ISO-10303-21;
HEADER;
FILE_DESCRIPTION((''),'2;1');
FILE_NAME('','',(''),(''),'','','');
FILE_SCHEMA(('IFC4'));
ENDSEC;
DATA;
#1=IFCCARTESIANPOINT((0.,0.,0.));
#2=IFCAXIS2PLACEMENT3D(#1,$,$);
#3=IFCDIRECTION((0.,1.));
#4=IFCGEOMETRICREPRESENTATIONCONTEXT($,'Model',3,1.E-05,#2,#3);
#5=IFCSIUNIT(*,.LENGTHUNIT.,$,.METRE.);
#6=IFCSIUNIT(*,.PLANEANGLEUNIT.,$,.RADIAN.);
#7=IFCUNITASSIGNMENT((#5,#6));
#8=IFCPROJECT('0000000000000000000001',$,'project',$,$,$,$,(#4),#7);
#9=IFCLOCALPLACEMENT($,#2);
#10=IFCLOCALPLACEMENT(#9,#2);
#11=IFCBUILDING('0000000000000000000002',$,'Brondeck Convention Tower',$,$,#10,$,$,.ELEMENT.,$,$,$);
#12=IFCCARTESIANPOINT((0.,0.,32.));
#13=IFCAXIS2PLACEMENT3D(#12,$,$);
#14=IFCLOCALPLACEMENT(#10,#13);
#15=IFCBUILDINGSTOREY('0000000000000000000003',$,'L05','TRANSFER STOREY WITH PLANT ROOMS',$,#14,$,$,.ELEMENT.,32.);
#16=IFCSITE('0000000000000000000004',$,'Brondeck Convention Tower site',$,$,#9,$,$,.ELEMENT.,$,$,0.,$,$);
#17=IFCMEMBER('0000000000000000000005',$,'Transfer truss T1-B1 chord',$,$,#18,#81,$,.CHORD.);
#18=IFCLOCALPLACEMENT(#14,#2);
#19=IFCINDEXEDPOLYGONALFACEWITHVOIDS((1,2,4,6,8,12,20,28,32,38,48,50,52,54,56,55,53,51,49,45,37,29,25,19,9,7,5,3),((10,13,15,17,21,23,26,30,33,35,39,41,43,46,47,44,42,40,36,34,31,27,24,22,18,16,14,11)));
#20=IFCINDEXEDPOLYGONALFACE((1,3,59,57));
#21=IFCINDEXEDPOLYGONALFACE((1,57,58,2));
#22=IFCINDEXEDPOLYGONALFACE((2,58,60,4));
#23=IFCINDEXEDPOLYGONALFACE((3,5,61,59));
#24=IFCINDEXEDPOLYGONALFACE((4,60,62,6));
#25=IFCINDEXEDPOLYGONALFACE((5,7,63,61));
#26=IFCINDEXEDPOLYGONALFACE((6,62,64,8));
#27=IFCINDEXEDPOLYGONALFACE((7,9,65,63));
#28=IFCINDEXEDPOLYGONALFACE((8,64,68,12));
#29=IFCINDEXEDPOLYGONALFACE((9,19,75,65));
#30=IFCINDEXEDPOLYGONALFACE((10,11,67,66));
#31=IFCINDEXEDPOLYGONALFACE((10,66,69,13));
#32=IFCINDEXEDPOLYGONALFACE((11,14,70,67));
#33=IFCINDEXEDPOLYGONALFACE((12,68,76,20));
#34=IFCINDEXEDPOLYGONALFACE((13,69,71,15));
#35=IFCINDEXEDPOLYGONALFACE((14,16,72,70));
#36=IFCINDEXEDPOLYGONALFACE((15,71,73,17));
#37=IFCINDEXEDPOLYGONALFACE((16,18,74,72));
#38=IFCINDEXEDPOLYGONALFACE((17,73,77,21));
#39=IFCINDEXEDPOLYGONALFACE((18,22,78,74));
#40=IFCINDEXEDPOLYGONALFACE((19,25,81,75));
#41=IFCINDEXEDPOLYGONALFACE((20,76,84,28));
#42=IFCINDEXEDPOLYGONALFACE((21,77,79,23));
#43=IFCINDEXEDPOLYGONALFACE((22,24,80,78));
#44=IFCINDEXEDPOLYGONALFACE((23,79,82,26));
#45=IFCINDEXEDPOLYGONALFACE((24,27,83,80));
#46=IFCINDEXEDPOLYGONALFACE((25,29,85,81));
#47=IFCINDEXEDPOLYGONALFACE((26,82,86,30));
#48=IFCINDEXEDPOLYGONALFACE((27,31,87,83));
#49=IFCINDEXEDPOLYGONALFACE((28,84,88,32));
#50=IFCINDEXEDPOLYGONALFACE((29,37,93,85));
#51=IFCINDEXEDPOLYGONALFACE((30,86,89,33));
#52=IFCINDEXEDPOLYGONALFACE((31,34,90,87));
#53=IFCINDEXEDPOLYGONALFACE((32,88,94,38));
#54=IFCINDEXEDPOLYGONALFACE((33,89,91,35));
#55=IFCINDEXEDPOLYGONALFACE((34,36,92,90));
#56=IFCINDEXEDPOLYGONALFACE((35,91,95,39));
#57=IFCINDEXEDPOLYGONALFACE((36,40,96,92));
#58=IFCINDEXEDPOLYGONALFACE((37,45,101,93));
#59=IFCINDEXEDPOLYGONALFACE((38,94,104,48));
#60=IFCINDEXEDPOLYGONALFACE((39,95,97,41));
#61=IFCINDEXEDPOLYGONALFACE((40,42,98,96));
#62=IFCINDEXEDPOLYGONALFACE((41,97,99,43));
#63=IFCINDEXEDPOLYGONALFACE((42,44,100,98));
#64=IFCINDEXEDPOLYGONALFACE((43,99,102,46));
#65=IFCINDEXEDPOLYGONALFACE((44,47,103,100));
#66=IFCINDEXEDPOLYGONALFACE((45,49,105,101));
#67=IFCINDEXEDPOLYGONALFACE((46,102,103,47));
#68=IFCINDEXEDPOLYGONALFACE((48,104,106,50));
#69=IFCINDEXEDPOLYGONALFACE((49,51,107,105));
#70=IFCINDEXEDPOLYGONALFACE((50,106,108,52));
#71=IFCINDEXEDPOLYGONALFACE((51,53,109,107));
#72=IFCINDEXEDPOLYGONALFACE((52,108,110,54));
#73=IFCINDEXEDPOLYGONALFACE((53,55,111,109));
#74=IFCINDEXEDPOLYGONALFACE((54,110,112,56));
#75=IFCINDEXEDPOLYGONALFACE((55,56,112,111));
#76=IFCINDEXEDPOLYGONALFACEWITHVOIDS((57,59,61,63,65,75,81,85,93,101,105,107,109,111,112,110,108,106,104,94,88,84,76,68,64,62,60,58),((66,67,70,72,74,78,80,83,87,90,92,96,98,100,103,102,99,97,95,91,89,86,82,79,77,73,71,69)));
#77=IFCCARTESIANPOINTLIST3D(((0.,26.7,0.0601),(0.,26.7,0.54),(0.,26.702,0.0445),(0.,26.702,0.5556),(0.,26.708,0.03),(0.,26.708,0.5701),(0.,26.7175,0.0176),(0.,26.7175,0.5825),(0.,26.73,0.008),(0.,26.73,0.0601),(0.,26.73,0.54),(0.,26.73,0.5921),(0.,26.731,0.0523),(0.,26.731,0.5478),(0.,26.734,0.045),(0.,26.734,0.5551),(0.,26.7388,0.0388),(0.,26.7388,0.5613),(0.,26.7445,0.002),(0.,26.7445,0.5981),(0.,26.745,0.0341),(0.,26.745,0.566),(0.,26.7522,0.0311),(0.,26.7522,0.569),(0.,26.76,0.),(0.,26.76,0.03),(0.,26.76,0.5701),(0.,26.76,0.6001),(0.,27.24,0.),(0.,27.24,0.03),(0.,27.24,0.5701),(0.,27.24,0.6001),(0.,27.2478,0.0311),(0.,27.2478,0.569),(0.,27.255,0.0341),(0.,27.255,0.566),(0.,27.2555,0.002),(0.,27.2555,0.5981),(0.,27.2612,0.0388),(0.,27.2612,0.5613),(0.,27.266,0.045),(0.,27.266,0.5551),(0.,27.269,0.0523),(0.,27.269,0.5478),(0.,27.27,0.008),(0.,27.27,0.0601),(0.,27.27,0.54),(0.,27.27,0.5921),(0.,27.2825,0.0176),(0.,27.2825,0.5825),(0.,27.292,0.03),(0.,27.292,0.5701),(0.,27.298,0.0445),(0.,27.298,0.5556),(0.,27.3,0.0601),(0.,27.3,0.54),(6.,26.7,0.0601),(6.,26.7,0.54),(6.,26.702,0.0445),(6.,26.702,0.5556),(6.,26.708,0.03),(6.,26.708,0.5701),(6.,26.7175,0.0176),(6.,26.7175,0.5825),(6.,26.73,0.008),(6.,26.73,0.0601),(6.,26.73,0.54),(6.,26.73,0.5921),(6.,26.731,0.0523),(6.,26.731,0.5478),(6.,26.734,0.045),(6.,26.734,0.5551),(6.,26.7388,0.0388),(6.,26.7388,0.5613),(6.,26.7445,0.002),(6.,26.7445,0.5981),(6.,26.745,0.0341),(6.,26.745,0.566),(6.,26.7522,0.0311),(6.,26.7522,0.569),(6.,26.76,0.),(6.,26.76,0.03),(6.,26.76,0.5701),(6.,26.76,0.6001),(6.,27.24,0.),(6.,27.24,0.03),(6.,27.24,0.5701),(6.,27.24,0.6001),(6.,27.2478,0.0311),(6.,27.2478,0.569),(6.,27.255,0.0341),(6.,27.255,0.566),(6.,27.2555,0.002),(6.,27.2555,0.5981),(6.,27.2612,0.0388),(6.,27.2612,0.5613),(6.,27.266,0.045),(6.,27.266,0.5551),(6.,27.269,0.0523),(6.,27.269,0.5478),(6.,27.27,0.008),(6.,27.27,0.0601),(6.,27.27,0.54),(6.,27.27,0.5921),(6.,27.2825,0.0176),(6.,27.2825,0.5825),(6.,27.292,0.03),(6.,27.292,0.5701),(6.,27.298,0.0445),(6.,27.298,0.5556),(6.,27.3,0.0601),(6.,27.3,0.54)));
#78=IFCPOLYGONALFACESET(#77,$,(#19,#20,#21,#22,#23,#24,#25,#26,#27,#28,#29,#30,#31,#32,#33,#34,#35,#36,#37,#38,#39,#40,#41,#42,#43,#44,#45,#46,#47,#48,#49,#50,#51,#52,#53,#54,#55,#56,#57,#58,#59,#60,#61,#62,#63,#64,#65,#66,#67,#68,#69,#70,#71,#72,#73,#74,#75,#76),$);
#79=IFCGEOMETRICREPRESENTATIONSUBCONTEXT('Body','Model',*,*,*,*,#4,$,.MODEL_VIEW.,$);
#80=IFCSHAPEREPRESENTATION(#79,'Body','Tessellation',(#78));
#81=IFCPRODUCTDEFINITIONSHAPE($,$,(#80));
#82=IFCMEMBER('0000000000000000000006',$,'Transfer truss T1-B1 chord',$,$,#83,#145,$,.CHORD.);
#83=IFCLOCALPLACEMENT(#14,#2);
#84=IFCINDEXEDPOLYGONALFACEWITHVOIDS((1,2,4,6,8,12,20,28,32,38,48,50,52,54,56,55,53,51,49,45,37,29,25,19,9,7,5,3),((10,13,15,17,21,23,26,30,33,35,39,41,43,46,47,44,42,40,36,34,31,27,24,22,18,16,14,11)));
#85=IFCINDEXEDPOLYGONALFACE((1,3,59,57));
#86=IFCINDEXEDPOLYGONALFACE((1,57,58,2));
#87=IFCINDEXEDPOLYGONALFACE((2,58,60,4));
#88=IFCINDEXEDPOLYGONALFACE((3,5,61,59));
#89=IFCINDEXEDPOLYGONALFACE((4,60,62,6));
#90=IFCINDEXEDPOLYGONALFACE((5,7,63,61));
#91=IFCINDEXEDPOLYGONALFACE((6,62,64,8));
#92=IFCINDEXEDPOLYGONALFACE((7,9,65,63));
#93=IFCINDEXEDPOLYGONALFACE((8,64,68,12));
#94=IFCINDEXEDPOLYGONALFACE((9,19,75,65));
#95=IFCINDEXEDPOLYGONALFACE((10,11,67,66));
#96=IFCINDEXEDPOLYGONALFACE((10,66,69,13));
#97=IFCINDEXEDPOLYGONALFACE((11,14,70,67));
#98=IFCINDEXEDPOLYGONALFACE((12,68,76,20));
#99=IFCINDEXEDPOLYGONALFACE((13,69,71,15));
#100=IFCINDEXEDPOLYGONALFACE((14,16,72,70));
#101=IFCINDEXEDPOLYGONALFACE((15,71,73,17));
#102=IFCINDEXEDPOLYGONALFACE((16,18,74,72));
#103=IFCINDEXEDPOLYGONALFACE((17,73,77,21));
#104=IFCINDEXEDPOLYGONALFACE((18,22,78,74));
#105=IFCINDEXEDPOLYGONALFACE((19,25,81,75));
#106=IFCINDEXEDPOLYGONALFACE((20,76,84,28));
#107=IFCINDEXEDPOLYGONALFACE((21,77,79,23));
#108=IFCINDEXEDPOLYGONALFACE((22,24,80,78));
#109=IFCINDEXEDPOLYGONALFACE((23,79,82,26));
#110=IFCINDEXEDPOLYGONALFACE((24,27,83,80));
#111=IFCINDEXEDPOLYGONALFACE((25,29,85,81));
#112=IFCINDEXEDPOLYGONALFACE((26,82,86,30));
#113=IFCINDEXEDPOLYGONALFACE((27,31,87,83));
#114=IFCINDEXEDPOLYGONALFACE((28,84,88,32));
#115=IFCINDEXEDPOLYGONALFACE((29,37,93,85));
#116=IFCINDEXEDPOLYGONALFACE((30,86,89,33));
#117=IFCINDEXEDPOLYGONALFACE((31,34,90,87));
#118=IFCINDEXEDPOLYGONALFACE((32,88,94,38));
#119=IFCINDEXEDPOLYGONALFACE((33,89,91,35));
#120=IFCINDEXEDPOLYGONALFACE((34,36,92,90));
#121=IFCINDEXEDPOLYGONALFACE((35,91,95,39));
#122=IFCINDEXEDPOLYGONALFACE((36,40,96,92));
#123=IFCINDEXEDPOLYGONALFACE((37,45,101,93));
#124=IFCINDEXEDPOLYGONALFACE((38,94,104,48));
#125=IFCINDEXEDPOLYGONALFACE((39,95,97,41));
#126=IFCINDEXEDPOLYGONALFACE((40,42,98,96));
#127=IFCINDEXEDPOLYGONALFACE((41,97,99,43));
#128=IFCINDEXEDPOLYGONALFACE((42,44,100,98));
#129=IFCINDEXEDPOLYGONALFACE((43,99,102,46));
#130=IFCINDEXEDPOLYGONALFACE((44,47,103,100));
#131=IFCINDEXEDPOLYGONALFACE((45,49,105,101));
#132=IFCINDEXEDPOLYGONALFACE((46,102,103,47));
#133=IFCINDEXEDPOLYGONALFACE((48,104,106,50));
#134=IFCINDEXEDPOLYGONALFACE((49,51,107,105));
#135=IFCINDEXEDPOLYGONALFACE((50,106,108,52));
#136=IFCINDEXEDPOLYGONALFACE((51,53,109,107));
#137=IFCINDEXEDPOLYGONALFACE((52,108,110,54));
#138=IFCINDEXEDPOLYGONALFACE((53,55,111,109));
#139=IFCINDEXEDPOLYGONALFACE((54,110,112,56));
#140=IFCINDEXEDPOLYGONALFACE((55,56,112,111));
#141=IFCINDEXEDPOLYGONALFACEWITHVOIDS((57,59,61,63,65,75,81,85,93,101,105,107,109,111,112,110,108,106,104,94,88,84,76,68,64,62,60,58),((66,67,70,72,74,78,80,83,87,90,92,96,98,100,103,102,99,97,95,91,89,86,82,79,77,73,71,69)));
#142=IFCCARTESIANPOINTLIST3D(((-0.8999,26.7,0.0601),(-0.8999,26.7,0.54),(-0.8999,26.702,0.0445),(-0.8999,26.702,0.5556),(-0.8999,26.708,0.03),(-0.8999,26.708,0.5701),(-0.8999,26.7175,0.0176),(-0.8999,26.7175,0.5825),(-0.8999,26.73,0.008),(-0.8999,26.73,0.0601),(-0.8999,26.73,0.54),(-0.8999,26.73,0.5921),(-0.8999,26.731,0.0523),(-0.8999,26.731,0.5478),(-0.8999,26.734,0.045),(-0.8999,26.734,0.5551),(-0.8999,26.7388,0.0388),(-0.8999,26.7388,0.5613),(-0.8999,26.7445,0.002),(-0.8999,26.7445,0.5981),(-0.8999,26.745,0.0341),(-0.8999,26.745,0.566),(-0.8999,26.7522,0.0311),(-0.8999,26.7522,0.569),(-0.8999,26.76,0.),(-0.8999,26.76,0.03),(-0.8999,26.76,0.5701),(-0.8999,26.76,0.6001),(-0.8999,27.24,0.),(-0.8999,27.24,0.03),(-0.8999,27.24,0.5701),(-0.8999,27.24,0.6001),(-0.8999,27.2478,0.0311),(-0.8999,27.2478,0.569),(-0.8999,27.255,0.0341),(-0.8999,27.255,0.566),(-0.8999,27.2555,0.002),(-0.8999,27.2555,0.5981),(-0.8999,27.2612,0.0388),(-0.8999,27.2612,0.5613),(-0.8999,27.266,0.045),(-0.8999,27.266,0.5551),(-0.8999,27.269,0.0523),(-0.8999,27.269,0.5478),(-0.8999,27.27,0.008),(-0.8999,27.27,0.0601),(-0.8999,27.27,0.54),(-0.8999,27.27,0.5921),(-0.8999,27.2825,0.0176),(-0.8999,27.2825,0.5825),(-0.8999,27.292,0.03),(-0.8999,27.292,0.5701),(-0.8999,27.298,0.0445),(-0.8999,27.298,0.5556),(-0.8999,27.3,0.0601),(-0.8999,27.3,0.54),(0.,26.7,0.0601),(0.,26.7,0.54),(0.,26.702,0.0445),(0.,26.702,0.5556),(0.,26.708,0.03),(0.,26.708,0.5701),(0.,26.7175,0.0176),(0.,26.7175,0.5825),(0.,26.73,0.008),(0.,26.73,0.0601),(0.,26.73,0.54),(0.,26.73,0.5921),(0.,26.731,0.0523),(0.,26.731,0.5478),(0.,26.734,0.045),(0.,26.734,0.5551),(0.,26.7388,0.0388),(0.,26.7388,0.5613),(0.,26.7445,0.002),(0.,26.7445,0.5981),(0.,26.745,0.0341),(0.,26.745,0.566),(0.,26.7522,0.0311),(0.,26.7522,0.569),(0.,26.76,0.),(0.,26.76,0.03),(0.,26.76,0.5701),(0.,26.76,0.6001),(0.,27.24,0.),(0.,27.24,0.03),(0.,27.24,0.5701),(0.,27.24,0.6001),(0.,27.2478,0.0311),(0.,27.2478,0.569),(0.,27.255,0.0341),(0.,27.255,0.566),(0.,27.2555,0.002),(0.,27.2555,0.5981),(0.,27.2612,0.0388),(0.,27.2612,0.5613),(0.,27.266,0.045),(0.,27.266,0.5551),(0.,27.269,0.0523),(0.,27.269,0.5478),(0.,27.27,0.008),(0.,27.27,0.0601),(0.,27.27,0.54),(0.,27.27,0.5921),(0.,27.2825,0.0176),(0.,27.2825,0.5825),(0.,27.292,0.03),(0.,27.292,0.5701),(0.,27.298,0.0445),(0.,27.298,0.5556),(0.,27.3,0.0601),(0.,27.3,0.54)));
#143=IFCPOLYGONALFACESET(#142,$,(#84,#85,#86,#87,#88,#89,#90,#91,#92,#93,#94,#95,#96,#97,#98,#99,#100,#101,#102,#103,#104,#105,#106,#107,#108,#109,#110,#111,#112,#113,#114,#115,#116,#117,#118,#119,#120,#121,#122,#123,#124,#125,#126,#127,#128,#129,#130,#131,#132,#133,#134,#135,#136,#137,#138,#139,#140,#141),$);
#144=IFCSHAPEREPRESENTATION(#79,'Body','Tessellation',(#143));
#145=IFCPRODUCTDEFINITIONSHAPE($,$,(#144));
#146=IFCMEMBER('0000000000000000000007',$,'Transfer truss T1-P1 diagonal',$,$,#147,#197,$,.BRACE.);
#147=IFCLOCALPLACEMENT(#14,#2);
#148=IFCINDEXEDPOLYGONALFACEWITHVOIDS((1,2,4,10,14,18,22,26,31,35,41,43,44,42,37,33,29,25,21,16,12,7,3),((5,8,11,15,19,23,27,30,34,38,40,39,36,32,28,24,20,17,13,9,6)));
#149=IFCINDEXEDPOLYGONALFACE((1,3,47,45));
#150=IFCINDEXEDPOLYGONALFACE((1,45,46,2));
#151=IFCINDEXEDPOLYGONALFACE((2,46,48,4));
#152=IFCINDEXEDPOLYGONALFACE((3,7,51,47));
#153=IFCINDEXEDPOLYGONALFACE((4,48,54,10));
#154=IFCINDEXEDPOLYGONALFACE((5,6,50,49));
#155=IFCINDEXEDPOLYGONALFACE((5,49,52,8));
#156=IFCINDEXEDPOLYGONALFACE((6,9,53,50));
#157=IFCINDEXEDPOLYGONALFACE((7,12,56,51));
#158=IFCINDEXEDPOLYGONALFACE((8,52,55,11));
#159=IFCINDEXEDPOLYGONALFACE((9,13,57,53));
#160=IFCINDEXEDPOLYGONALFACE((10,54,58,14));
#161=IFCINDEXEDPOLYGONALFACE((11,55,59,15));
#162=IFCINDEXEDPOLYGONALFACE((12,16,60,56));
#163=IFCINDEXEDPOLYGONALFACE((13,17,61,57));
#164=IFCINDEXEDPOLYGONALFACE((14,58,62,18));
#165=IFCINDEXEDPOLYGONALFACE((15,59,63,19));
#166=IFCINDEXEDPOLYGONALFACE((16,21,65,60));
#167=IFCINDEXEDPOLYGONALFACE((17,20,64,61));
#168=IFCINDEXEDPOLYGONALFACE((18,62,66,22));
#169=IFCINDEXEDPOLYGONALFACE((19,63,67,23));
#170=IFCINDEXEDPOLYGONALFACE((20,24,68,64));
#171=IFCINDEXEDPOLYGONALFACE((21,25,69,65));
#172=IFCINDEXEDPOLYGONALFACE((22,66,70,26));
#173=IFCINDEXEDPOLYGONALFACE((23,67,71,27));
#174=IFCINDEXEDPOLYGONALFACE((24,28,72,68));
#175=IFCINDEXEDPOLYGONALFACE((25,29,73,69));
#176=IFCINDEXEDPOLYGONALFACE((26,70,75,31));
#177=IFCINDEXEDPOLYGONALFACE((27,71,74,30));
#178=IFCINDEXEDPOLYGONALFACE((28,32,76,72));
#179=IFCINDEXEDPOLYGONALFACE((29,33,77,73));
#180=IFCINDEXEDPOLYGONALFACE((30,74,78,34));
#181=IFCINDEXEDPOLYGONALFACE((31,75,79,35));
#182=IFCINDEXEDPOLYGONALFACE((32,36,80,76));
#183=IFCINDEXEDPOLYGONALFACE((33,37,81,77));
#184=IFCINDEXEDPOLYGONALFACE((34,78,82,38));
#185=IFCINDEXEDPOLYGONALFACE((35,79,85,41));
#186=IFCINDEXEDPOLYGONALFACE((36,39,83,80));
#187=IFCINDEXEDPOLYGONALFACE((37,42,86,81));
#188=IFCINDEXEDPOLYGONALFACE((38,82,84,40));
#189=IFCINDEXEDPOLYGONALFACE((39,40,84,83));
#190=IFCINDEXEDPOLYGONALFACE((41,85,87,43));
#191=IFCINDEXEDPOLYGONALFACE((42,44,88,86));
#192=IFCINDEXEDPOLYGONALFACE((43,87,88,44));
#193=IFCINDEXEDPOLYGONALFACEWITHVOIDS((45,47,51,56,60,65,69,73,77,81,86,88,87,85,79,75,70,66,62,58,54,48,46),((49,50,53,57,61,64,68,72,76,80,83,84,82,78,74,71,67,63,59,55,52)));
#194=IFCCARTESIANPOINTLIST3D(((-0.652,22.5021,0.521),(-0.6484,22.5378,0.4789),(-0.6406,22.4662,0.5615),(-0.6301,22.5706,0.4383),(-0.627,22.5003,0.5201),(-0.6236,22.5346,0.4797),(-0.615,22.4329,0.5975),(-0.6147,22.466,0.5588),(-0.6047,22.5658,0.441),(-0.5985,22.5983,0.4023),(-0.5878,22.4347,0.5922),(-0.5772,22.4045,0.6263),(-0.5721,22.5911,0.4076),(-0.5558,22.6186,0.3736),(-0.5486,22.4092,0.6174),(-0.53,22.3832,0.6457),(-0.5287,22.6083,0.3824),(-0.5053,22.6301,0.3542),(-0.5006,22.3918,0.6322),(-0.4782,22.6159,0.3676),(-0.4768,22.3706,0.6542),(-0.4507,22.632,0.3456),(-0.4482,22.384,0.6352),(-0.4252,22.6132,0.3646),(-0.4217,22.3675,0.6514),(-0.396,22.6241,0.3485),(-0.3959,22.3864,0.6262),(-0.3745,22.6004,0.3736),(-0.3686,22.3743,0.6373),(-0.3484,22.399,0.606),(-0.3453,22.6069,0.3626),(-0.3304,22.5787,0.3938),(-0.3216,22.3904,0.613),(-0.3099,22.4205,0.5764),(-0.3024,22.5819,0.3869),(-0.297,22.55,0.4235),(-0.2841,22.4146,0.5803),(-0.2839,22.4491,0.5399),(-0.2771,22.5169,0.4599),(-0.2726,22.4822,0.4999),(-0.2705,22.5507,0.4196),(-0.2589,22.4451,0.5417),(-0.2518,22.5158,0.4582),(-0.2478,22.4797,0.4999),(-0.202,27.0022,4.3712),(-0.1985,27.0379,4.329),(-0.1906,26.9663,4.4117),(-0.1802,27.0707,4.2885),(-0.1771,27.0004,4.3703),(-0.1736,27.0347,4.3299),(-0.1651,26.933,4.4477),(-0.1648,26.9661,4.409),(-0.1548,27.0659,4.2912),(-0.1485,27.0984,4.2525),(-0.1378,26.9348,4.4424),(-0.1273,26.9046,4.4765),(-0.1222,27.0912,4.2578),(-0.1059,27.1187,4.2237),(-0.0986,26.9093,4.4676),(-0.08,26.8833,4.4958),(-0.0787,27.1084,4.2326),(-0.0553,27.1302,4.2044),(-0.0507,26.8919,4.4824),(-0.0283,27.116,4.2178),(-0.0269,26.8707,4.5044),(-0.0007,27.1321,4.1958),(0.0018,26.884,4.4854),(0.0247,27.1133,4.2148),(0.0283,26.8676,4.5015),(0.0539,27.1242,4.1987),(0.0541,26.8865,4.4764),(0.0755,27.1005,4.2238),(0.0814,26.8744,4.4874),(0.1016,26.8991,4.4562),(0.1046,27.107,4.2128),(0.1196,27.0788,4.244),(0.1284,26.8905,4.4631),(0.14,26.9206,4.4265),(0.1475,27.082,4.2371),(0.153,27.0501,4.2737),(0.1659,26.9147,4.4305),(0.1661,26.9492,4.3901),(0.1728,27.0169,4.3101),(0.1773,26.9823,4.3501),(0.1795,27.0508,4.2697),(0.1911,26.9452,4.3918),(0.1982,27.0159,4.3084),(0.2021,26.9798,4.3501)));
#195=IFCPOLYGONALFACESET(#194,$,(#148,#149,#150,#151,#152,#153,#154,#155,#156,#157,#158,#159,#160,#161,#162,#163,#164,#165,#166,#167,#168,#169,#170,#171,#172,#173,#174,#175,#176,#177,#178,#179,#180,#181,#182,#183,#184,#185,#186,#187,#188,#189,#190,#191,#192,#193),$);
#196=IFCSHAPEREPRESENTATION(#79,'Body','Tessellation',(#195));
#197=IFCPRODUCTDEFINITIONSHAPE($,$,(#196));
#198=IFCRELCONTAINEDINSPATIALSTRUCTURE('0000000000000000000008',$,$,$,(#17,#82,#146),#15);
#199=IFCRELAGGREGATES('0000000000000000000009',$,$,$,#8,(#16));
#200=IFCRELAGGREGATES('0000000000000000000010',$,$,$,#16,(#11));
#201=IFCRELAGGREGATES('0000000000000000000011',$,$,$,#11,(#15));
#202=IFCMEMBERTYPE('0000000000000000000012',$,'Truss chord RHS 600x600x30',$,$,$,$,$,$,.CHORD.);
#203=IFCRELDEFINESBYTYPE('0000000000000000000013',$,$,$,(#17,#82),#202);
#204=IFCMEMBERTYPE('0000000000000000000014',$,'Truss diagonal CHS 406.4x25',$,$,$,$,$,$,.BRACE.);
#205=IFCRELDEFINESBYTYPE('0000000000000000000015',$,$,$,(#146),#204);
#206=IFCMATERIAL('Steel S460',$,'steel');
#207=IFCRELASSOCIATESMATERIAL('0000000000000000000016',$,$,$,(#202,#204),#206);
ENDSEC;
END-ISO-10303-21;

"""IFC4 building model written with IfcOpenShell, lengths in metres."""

from ifc_helpers import new_model, si_unit, direction, frame, origin, origin_2d, place, context, subcontext, project, spatial, hollow_rectangle, hollow_circle, extrude, material, material_profile, profile_set, type_object, element, save


model = new_model("IFC4")

# Units and contexts
model_context = context("Model", 3, precision=1e-05, world=origin(), true_north=direction((0.0, 1.0)))
body_context = subcontext(model_context, "Body", "Model", "MODEL_VIEW")
ifc_project = project(units=[si_unit("LENGTHUNIT", "METRE"), si_unit("PLANEANGLEUNIT", "RADIAN")], contexts=[model_context])

# Site, building, storey
site_placement = place(None, origin())
site = spatial("IfcSite", under=ifc_project, at=site_placement, Name="Brondeck Convention Tower site", CompositionType="ELEMENT", RefElevation=0.0)
building_placement = place(site_placement, origin())
building = spatial("IfcBuilding", under=site, at=building_placement, Name="Brondeck Convention Tower", CompositionType="ELEMENT")
storey_placement = place(building_placement, frame((0.0, 0.0, 32.0)))
storey = spatial("IfcBuildingStorey", under=building, at=storey_placement, Name="L05", Description="TRANSFER STOREY WITH PLANT ROOMS", CompositionType="ELEMENT", Elevation=32.0)

# Shared definitions
ifc_material_1 = material(Name="Steel S460", Category="steel")

# Members
ifc_material_profile_1 = material_profile(ifc_material_1, hollow_rectangle(XDim=0.6001, YDim=0.6001, WallThickness=0.03, InnerFilletRadius=0.03, OuterFilletRadius=0.0601, at=origin_2d()), Name="RHS 600x600x30")
ifc_profile_set_1 = profile_set([ifc_material_profile_1], Name="Steel S460")
member_type_1 = type_object("IfcMemberType", Name="Truss chord RHS 600x600x30", PredefinedType="CHORD", material=ifc_profile_set_1)
member_1_placement = place(storey_placement, frame((6.0, 27.0, 0.3), z_axis=(-1.0, 0.0, 0.0), x_axis=(0.0, -1.0, 0.0)))
element("IfcMember", 1, at=member_1_placement, inside=storey, type_object=member_type_1, Name="Transfer truss T1-B1 chord", PredefinedType="CHORD", context=body_context, shape_type="SweptSolid", body=[
    extrude(hollow_rectangle(XDim=0.6001, YDim=0.6001, WallThickness=0.03, InnerFilletRadius=0.03, OuterFilletRadius=0.0601, at=origin_2d()), origin(), (0.0, 0.0, 1.0), 6.0),
])
member_2_placement = place(storey_placement, frame((0.0, 27.0, 0.3), z_axis=(-1.0, 0.0, 0.0), x_axis=(0.0, -1.0, 0.0)))
element("IfcMember", 2, at=member_2_placement, inside=storey, type_object=member_type_1, Name="Transfer truss T1-B1 chord", PredefinedType="CHORD", context=body_context, shape_type="SweptSolid", body=[
    extrude(hollow_rectangle(XDim=0.6001, YDim=0.6001, WallThickness=0.03, InnerFilletRadius=0.03, OuterFilletRadius=0.0601, at=origin_2d()), origin(), (0.0, 0.0, 1.0), 0.8999),
])
ifc_material_profile_2 = material_profile(ifc_material_1, hollow_circle(Radius=0.2031, WallThickness=0.0249, at=origin_2d()), Name="CHS 406.4x25")
ifc_profile_set_2 = profile_set([ifc_material_profile_2], Name="Steel S460")
member_type_2 = type_object("IfcMemberType", Name="Truss diagonal CHS 406.4x25", PredefinedType="BRACE", material=ifc_profile_set_2)
for number, where, z_axis, x_axis, name in (
    (3, (0.0, 27.0, 4.3501), (-0.075758, -0.75766, -0.648237), (0.995038, -0.099493, 0.0), "Transfer truss T1-P1 diagonal"),
):
    element("IfcMember", number, at=place(storey_placement, frame(where, z_axis=z_axis, x_axis=x_axis)), inside=storey, type_object=member_type_2, Name=name, PredefinedType="BRACE", context=body_context, shape_type="SweptSolid", body=[
        extrude(hollow_circle(Radius=0.2031, WallThickness=0.0249, at=origin_2d()), origin(), (0.0, 0.0, 1.0), 5.9395),
    ])

save(model, "model.ifc")
